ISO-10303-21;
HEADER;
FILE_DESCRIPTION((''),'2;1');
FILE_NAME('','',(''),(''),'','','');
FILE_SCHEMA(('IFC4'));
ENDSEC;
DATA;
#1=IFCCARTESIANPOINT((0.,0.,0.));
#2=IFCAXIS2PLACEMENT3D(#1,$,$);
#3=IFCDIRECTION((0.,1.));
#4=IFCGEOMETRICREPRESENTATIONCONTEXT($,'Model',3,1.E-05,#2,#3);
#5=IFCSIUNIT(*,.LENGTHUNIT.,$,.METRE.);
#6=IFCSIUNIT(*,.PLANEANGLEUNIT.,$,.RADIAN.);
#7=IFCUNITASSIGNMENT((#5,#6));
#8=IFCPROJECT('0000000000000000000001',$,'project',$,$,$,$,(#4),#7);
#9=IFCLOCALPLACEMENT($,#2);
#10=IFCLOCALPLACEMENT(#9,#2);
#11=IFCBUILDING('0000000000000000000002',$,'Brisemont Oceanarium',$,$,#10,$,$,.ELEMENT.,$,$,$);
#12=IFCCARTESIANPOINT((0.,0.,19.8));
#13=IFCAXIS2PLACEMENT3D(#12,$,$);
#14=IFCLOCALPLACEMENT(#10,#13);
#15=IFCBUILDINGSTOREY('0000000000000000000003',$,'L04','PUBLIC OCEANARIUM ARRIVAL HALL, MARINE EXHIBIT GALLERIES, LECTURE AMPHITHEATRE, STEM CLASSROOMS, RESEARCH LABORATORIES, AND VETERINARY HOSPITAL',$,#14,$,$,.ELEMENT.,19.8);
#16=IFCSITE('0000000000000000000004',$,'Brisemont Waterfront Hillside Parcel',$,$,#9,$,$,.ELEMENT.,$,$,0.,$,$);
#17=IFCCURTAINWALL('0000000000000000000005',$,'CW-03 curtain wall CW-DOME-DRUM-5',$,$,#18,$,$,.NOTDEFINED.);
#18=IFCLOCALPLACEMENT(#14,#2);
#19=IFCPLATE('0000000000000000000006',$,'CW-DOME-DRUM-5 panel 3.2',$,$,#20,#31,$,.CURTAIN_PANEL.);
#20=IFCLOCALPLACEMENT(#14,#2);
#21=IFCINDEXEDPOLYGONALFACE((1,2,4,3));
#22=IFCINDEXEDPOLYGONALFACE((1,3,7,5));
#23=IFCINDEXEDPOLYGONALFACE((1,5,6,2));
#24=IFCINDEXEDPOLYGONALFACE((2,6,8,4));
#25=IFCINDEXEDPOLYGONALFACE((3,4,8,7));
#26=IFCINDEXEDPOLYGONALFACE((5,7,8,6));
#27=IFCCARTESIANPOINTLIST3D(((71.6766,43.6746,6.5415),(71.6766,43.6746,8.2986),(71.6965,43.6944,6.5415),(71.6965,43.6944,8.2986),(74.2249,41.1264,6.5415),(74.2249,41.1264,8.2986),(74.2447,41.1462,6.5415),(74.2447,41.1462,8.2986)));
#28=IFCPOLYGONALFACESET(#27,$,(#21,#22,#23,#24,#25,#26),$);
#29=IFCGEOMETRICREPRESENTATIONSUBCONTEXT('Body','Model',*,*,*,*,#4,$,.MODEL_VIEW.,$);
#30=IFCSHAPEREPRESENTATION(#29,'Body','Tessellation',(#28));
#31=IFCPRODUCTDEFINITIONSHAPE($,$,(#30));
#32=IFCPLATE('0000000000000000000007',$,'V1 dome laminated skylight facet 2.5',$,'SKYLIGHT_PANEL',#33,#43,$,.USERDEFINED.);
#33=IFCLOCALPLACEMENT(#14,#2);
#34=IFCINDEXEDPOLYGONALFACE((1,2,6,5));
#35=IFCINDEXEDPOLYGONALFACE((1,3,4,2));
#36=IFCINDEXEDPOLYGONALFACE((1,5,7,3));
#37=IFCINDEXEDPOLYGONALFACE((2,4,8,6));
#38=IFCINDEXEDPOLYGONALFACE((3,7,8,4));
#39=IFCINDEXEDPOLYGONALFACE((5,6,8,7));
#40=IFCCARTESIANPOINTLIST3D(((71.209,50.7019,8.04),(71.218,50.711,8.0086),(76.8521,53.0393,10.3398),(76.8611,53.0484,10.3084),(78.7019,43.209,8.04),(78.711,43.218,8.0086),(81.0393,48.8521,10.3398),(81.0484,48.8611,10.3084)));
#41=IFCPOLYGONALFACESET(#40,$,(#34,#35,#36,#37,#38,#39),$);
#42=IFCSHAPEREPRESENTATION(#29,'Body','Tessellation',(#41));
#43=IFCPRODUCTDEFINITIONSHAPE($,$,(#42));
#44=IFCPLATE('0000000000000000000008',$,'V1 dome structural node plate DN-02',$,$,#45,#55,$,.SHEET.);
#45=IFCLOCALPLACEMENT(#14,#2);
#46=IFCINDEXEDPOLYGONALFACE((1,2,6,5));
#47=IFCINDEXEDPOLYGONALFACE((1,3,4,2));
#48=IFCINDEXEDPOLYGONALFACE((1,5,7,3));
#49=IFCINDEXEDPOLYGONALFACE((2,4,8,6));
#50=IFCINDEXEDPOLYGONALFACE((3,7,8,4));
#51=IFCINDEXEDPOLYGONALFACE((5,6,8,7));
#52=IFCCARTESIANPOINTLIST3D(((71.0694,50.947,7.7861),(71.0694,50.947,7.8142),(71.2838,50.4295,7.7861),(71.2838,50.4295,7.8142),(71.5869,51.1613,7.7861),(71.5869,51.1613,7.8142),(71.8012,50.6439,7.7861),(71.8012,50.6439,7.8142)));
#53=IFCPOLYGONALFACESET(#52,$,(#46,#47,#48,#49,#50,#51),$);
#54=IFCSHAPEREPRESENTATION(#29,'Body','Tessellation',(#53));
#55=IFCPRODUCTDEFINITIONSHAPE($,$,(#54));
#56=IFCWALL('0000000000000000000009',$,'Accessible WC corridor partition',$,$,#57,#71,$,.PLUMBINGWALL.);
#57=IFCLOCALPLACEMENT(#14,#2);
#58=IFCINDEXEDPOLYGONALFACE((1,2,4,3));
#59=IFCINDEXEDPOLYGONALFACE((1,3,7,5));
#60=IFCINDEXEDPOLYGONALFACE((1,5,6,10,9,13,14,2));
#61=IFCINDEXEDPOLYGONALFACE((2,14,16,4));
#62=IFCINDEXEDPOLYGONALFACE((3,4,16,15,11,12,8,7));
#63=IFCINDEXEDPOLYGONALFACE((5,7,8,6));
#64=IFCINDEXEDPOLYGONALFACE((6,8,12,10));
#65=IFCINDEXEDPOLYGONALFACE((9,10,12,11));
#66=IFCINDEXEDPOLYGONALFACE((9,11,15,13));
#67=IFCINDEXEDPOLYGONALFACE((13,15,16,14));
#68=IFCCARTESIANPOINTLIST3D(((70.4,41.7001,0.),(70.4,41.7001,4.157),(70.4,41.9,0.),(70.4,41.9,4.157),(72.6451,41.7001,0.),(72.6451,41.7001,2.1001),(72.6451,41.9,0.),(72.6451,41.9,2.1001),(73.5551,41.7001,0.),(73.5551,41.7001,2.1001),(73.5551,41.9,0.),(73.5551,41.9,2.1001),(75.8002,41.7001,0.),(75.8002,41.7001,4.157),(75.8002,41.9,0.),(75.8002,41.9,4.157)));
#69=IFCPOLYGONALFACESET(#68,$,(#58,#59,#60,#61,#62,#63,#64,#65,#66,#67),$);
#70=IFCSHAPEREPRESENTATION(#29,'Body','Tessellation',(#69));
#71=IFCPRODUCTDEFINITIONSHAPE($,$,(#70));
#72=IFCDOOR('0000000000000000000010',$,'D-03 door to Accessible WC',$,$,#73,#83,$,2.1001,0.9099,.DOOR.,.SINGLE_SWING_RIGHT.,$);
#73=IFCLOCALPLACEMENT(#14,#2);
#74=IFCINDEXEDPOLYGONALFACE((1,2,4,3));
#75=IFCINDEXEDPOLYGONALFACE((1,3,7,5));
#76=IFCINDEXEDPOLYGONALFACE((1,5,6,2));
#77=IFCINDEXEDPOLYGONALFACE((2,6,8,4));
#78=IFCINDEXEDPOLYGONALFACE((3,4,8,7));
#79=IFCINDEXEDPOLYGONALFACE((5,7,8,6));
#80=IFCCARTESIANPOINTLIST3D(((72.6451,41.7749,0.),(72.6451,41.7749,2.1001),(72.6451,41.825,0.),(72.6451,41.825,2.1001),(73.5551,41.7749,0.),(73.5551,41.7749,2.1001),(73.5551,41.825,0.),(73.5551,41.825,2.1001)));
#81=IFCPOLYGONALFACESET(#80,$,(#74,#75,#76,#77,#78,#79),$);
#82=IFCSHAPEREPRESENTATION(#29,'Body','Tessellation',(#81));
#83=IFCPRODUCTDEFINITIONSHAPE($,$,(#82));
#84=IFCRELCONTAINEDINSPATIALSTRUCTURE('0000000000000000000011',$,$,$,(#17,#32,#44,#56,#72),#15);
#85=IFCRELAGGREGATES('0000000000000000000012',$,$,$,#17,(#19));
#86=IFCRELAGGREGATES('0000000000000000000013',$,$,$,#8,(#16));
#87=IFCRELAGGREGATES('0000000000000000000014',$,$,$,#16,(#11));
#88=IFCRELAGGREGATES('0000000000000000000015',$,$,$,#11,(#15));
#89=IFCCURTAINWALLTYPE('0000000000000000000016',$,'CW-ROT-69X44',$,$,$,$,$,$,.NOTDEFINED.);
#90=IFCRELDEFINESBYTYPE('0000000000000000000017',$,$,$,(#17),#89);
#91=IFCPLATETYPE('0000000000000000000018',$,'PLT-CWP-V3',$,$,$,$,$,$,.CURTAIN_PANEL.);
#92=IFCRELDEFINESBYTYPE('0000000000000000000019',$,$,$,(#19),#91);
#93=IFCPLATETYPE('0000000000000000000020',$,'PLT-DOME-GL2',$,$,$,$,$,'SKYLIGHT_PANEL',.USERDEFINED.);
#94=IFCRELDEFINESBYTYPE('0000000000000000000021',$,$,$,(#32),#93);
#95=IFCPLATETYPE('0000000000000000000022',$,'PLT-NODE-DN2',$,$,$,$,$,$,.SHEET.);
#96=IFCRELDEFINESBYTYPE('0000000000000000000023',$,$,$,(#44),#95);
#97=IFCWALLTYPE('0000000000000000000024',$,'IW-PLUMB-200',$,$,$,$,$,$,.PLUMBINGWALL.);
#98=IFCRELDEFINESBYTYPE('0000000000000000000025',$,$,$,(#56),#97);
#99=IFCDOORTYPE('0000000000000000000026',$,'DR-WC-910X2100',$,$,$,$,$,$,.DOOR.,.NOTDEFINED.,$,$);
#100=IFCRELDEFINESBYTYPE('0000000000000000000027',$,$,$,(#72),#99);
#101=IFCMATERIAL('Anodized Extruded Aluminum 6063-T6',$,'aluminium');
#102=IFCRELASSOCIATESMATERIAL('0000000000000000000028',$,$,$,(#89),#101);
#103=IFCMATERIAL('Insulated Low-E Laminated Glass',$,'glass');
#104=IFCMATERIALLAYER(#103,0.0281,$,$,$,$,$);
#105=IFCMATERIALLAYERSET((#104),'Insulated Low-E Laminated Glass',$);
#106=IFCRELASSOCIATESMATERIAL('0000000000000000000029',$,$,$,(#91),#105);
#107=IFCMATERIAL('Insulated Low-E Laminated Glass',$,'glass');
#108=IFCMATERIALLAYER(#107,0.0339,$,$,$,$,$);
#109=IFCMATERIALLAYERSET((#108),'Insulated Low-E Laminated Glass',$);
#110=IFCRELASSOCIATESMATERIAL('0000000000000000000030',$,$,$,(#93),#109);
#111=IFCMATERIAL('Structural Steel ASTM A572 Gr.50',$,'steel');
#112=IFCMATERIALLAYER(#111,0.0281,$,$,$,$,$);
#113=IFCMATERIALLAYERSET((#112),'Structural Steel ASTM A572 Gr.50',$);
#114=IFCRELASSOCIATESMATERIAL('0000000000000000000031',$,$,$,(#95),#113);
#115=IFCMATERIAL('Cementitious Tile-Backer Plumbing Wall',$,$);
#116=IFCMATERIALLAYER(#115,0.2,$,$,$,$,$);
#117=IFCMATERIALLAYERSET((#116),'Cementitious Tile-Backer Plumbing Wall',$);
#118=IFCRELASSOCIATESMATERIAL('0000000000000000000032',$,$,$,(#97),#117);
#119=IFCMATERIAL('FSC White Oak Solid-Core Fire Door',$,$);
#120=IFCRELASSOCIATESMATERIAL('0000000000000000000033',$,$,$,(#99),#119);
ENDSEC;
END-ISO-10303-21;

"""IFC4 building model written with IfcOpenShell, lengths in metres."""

from ifc_helpers import new_model, si_unit, direction, frame, frame_2d, origin, origin_2d, place, context, subcontext, project, spatial, polyline, rectangle, outline, extrude, material, layer, layer_set, type_object, element, fill, aggregate, save


model = new_model("IFC4")

# Units and contexts
model_context = context("Model", 3, precision=1e-05, world=origin(), true_north=direction((0.0, 1.0)))
body_context = subcontext(model_context, "Body", "Model", "MODEL_VIEW")
ifc_project = project(units=[si_unit("LENGTHUNIT", "METRE"), si_unit("PLANEANGLEUNIT", "RADIAN")], contexts=[model_context])

# Site, building, storey
site_placement = place(None, origin())
site = spatial("IfcSite", under=ifc_project, at=site_placement, Name="Brisemont Waterfront Hillside Parcel", CompositionType="ELEMENT", RefElevation=0.0)
building_placement = place(site_placement, origin())
building = spatial("IfcBuilding", under=site, at=building_placement, Name="Brisemont Oceanarium", CompositionType="ELEMENT")
storey_placement = place(building_placement, frame((0.0, 0.0, 19.8)))
storey = spatial("IfcBuildingStorey", under=building, at=storey_placement, Name="L04", Description="PUBLIC OCEANARIUM ARRIVAL HALL, MARINE EXHIBIT GALLERIES, LECTURE AMPHITHEATRE, STEM CLASSROOMS, RESEARCH LABORATORIES, AND VETERINARY HOSPITAL", CompositionType="ELEMENT", Elevation=19.8)

# Curtain wall
ifc_material_1 = material(Name="Anodized Extruded Aluminum 6063-T6", Category="aluminium")
curtain_wall_type_1 = type_object("IfcCurtainWallType", Name="CW-ROT-69X44", PredefinedType="NOTDEFINED", material=ifc_material_1)
curtain_wall_1_placement = place(storey_placement, origin())
curtain_wall_1 = element("IfcCurtainWall", 1, at=curtain_wall_1_placement, inside=storey, type_object=curtain_wall_type_1, Name="CW-03 curtain wall CW-DOME-DRUM-5", PredefinedType="NOTDEFINED")

# Plate
ifc_material_2 = material(Name="Insulated Low-E Laminated Glass", Category="glass")
ifc_layer_1 = layer(ifc_material_2, 0.0281)
ifc_layer_set_1 = layer_set([ifc_layer_1], Name="Insulated Low-E Laminated Glass")
plate_type_1 = type_object("IfcPlateType", Name="PLT-CWP-V3", PredefinedType="CURTAIN_PANEL", material=ifc_layer_set_1)
plate_1_placement = place(storey_placement, frame((72.9607, 42.4104, 6.5415), z_axis=(0.0, 0.0, 1.0), x_axis=(0.707107, -0.707107, 0.0)))
plate_1 = element("IfcPlate", 2, at=plate_1_placement, type_object=plate_type_1, Name="CW-DOME-DRUM-5 panel 3.2", PredefinedType="CURTAIN_PANEL", context=body_context, shape_type="SweptSolid", body=[
    extrude(rectangle(XDim=3.6038, YDim=0.0281, at=origin_2d()), origin(), (0.0, 0.0, 1.0), 1.7571),
])
aggregate(curtain_wall_1, [plate_1])

# Plates
ifc_material_3 = material(Name="Insulated Low-E Laminated Glass", Category="glass")
ifc_layer_2 = layer(ifc_material_3, 0.0339)
ifc_layer_set_2 = layer_set([ifc_layer_2], Name="Insulated Low-E Laminated Glass")
plate_type_2 = type_object("IfcPlateType", Name="PLT-DOME-GL2", ElementType="SKYLIGHT_PANEL", PredefinedType="USERDEFINED", material=ifc_layer_set_2)
plate_2_placement = place(storey_placement, frame((71.209, 50.7019, 8.04), z_axis=(-0.266868, -0.266868, 0.926047), x_axis=(0.707107, -0.707107, 0.0)))
element("IfcPlate", 3, at=plate_2_placement, inside=storey, type_object=plate_type_2, Name="V1 dome laminated skylight facet 2.5", ObjectType="SKYLIGHT_PANEL", PredefinedType="USERDEFINED", context=body_context, shape_type="SweptSolid", body=[
    extrude(outline(polyline([(0.0, 0.0), (10.5966, 0.0), (8.2591, 6.0937), (2.3375, 6.0937), (0.0, 0.0)])), origin(), (0.0, 0.0, -1.0), 0.0339),
])
ifc_material_4 = material(Name="Structural Steel ASTM A572 Gr.50", Category="steel")
ifc_layer_3 = layer(ifc_material_4, 0.0281)
ifc_layer_set_3 = layer_set([ifc_layer_3], Name="Structural Steel ASTM A572 Gr.50")
plate_type_3 = type_object("IfcPlateType", Name="PLT-NODE-DN2", PredefinedType="SHEET", material=ifc_layer_set_3)
plate_3_placement = place(storey_placement, frame((71.4353, 50.7954, 7.7861), z_axis=(0.0, 0.0, 1.0), x_axis=(-0.92388, -0.382683, 0.0)))
element("IfcPlate", 4, at=plate_3_placement, inside=storey, type_object=plate_type_3, Name="V1 dome structural node plate DN-02", PredefinedType="SHEET", context=body_context, shape_type="SweptSolid", body=[
    extrude(rectangle(XDim=0.5601, YDim=0.5601, at=origin_2d()), origin(), (0.0, 0.0, 1.0), 0.0281),
])

# Wall, opening, door
ifc_material_5 = material(Name="Cementitious Tile-Backer Plumbing Wall")
ifc_layer_4 = layer(ifc_material_5, 0.2)
ifc_layer_set_4 = layer_set([ifc_layer_4], Name="Cementitious Tile-Backer Plumbing Wall")
wall_type = type_object("IfcWallType", Name="IW-PLUMB-200", PredefinedType="PLUMBINGWALL", material=ifc_layer_set_4)
wall_placement = place(storey_placement, frame((70.3999, 41.8, 0.0), z_axis=(0.0, 0.0, 1.0), x_axis=(1.0, 0.0, 0.0)))
wall = element("IfcWall", 5, at=wall_placement, inside=storey, type_object=wall_type, Name="Accessible WC corridor partition", PredefinedType="PLUMBINGWALL", context=body_context, shape_type="SweptSolid", body=[
    extrude(rectangle(XDim=5.4001, YDim=0.2, at=frame_2d((2.7002, 0.0))), origin(), (0.0, 0.0, 1.0), 4.157),
])
opening_placement = place(wall_placement, frame((2.2451, 0.0, 0.0)))
opening = element("IfcOpeningElement", 6, at=opening_placement, cuts=wall, PredefinedType="OPENING", context=body_context, shape_type="SweptSolid", body=[
    extrude(rectangle(XDim=0.9099, YDim=2.1001, at=frame_2d((0.4551, 1.05))), frame((0.0, 0.1099, 0.0), z_axis=(0.0, -1.0, 0.0), x_axis=(1.0, 0.0, 0.0)), (0.0, 0.0, 1.0), 0.22),
])
ifc_material_6 = material(Name="FSC White Oak Solid-Core Fire Door")
door_type = type_object("IfcDoorType", Name="DR-WC-910X2100", OperationType="NOTDEFINED", PredefinedType="DOOR", material=ifc_material_6)
door_placement = place(opening_placement, origin())
door = element("IfcDoor", 7, at=door_placement, inside=storey, type_object=door_type, Name="D-03 door to Accessible WC", OperationType="SINGLE_SWING_RIGHT", OverallHeight=2.1001, OverallWidth=0.9099, PredefinedType="DOOR", context=body_context, shape_type="SweptSolid", body=[
    extrude(rectangle(XDim=0.9099, YDim=2.1001, at=frame_2d((0.4551, 1.05))), frame((0.0, 0.0249, 0.0), z_axis=(0.0, -1.0, 0.0), x_axis=(1.0, 0.0, 0.0)), (0.0, 0.0, 1.0), 0.05),
])
fill(opening, door)

save(model, "model.ifc")
